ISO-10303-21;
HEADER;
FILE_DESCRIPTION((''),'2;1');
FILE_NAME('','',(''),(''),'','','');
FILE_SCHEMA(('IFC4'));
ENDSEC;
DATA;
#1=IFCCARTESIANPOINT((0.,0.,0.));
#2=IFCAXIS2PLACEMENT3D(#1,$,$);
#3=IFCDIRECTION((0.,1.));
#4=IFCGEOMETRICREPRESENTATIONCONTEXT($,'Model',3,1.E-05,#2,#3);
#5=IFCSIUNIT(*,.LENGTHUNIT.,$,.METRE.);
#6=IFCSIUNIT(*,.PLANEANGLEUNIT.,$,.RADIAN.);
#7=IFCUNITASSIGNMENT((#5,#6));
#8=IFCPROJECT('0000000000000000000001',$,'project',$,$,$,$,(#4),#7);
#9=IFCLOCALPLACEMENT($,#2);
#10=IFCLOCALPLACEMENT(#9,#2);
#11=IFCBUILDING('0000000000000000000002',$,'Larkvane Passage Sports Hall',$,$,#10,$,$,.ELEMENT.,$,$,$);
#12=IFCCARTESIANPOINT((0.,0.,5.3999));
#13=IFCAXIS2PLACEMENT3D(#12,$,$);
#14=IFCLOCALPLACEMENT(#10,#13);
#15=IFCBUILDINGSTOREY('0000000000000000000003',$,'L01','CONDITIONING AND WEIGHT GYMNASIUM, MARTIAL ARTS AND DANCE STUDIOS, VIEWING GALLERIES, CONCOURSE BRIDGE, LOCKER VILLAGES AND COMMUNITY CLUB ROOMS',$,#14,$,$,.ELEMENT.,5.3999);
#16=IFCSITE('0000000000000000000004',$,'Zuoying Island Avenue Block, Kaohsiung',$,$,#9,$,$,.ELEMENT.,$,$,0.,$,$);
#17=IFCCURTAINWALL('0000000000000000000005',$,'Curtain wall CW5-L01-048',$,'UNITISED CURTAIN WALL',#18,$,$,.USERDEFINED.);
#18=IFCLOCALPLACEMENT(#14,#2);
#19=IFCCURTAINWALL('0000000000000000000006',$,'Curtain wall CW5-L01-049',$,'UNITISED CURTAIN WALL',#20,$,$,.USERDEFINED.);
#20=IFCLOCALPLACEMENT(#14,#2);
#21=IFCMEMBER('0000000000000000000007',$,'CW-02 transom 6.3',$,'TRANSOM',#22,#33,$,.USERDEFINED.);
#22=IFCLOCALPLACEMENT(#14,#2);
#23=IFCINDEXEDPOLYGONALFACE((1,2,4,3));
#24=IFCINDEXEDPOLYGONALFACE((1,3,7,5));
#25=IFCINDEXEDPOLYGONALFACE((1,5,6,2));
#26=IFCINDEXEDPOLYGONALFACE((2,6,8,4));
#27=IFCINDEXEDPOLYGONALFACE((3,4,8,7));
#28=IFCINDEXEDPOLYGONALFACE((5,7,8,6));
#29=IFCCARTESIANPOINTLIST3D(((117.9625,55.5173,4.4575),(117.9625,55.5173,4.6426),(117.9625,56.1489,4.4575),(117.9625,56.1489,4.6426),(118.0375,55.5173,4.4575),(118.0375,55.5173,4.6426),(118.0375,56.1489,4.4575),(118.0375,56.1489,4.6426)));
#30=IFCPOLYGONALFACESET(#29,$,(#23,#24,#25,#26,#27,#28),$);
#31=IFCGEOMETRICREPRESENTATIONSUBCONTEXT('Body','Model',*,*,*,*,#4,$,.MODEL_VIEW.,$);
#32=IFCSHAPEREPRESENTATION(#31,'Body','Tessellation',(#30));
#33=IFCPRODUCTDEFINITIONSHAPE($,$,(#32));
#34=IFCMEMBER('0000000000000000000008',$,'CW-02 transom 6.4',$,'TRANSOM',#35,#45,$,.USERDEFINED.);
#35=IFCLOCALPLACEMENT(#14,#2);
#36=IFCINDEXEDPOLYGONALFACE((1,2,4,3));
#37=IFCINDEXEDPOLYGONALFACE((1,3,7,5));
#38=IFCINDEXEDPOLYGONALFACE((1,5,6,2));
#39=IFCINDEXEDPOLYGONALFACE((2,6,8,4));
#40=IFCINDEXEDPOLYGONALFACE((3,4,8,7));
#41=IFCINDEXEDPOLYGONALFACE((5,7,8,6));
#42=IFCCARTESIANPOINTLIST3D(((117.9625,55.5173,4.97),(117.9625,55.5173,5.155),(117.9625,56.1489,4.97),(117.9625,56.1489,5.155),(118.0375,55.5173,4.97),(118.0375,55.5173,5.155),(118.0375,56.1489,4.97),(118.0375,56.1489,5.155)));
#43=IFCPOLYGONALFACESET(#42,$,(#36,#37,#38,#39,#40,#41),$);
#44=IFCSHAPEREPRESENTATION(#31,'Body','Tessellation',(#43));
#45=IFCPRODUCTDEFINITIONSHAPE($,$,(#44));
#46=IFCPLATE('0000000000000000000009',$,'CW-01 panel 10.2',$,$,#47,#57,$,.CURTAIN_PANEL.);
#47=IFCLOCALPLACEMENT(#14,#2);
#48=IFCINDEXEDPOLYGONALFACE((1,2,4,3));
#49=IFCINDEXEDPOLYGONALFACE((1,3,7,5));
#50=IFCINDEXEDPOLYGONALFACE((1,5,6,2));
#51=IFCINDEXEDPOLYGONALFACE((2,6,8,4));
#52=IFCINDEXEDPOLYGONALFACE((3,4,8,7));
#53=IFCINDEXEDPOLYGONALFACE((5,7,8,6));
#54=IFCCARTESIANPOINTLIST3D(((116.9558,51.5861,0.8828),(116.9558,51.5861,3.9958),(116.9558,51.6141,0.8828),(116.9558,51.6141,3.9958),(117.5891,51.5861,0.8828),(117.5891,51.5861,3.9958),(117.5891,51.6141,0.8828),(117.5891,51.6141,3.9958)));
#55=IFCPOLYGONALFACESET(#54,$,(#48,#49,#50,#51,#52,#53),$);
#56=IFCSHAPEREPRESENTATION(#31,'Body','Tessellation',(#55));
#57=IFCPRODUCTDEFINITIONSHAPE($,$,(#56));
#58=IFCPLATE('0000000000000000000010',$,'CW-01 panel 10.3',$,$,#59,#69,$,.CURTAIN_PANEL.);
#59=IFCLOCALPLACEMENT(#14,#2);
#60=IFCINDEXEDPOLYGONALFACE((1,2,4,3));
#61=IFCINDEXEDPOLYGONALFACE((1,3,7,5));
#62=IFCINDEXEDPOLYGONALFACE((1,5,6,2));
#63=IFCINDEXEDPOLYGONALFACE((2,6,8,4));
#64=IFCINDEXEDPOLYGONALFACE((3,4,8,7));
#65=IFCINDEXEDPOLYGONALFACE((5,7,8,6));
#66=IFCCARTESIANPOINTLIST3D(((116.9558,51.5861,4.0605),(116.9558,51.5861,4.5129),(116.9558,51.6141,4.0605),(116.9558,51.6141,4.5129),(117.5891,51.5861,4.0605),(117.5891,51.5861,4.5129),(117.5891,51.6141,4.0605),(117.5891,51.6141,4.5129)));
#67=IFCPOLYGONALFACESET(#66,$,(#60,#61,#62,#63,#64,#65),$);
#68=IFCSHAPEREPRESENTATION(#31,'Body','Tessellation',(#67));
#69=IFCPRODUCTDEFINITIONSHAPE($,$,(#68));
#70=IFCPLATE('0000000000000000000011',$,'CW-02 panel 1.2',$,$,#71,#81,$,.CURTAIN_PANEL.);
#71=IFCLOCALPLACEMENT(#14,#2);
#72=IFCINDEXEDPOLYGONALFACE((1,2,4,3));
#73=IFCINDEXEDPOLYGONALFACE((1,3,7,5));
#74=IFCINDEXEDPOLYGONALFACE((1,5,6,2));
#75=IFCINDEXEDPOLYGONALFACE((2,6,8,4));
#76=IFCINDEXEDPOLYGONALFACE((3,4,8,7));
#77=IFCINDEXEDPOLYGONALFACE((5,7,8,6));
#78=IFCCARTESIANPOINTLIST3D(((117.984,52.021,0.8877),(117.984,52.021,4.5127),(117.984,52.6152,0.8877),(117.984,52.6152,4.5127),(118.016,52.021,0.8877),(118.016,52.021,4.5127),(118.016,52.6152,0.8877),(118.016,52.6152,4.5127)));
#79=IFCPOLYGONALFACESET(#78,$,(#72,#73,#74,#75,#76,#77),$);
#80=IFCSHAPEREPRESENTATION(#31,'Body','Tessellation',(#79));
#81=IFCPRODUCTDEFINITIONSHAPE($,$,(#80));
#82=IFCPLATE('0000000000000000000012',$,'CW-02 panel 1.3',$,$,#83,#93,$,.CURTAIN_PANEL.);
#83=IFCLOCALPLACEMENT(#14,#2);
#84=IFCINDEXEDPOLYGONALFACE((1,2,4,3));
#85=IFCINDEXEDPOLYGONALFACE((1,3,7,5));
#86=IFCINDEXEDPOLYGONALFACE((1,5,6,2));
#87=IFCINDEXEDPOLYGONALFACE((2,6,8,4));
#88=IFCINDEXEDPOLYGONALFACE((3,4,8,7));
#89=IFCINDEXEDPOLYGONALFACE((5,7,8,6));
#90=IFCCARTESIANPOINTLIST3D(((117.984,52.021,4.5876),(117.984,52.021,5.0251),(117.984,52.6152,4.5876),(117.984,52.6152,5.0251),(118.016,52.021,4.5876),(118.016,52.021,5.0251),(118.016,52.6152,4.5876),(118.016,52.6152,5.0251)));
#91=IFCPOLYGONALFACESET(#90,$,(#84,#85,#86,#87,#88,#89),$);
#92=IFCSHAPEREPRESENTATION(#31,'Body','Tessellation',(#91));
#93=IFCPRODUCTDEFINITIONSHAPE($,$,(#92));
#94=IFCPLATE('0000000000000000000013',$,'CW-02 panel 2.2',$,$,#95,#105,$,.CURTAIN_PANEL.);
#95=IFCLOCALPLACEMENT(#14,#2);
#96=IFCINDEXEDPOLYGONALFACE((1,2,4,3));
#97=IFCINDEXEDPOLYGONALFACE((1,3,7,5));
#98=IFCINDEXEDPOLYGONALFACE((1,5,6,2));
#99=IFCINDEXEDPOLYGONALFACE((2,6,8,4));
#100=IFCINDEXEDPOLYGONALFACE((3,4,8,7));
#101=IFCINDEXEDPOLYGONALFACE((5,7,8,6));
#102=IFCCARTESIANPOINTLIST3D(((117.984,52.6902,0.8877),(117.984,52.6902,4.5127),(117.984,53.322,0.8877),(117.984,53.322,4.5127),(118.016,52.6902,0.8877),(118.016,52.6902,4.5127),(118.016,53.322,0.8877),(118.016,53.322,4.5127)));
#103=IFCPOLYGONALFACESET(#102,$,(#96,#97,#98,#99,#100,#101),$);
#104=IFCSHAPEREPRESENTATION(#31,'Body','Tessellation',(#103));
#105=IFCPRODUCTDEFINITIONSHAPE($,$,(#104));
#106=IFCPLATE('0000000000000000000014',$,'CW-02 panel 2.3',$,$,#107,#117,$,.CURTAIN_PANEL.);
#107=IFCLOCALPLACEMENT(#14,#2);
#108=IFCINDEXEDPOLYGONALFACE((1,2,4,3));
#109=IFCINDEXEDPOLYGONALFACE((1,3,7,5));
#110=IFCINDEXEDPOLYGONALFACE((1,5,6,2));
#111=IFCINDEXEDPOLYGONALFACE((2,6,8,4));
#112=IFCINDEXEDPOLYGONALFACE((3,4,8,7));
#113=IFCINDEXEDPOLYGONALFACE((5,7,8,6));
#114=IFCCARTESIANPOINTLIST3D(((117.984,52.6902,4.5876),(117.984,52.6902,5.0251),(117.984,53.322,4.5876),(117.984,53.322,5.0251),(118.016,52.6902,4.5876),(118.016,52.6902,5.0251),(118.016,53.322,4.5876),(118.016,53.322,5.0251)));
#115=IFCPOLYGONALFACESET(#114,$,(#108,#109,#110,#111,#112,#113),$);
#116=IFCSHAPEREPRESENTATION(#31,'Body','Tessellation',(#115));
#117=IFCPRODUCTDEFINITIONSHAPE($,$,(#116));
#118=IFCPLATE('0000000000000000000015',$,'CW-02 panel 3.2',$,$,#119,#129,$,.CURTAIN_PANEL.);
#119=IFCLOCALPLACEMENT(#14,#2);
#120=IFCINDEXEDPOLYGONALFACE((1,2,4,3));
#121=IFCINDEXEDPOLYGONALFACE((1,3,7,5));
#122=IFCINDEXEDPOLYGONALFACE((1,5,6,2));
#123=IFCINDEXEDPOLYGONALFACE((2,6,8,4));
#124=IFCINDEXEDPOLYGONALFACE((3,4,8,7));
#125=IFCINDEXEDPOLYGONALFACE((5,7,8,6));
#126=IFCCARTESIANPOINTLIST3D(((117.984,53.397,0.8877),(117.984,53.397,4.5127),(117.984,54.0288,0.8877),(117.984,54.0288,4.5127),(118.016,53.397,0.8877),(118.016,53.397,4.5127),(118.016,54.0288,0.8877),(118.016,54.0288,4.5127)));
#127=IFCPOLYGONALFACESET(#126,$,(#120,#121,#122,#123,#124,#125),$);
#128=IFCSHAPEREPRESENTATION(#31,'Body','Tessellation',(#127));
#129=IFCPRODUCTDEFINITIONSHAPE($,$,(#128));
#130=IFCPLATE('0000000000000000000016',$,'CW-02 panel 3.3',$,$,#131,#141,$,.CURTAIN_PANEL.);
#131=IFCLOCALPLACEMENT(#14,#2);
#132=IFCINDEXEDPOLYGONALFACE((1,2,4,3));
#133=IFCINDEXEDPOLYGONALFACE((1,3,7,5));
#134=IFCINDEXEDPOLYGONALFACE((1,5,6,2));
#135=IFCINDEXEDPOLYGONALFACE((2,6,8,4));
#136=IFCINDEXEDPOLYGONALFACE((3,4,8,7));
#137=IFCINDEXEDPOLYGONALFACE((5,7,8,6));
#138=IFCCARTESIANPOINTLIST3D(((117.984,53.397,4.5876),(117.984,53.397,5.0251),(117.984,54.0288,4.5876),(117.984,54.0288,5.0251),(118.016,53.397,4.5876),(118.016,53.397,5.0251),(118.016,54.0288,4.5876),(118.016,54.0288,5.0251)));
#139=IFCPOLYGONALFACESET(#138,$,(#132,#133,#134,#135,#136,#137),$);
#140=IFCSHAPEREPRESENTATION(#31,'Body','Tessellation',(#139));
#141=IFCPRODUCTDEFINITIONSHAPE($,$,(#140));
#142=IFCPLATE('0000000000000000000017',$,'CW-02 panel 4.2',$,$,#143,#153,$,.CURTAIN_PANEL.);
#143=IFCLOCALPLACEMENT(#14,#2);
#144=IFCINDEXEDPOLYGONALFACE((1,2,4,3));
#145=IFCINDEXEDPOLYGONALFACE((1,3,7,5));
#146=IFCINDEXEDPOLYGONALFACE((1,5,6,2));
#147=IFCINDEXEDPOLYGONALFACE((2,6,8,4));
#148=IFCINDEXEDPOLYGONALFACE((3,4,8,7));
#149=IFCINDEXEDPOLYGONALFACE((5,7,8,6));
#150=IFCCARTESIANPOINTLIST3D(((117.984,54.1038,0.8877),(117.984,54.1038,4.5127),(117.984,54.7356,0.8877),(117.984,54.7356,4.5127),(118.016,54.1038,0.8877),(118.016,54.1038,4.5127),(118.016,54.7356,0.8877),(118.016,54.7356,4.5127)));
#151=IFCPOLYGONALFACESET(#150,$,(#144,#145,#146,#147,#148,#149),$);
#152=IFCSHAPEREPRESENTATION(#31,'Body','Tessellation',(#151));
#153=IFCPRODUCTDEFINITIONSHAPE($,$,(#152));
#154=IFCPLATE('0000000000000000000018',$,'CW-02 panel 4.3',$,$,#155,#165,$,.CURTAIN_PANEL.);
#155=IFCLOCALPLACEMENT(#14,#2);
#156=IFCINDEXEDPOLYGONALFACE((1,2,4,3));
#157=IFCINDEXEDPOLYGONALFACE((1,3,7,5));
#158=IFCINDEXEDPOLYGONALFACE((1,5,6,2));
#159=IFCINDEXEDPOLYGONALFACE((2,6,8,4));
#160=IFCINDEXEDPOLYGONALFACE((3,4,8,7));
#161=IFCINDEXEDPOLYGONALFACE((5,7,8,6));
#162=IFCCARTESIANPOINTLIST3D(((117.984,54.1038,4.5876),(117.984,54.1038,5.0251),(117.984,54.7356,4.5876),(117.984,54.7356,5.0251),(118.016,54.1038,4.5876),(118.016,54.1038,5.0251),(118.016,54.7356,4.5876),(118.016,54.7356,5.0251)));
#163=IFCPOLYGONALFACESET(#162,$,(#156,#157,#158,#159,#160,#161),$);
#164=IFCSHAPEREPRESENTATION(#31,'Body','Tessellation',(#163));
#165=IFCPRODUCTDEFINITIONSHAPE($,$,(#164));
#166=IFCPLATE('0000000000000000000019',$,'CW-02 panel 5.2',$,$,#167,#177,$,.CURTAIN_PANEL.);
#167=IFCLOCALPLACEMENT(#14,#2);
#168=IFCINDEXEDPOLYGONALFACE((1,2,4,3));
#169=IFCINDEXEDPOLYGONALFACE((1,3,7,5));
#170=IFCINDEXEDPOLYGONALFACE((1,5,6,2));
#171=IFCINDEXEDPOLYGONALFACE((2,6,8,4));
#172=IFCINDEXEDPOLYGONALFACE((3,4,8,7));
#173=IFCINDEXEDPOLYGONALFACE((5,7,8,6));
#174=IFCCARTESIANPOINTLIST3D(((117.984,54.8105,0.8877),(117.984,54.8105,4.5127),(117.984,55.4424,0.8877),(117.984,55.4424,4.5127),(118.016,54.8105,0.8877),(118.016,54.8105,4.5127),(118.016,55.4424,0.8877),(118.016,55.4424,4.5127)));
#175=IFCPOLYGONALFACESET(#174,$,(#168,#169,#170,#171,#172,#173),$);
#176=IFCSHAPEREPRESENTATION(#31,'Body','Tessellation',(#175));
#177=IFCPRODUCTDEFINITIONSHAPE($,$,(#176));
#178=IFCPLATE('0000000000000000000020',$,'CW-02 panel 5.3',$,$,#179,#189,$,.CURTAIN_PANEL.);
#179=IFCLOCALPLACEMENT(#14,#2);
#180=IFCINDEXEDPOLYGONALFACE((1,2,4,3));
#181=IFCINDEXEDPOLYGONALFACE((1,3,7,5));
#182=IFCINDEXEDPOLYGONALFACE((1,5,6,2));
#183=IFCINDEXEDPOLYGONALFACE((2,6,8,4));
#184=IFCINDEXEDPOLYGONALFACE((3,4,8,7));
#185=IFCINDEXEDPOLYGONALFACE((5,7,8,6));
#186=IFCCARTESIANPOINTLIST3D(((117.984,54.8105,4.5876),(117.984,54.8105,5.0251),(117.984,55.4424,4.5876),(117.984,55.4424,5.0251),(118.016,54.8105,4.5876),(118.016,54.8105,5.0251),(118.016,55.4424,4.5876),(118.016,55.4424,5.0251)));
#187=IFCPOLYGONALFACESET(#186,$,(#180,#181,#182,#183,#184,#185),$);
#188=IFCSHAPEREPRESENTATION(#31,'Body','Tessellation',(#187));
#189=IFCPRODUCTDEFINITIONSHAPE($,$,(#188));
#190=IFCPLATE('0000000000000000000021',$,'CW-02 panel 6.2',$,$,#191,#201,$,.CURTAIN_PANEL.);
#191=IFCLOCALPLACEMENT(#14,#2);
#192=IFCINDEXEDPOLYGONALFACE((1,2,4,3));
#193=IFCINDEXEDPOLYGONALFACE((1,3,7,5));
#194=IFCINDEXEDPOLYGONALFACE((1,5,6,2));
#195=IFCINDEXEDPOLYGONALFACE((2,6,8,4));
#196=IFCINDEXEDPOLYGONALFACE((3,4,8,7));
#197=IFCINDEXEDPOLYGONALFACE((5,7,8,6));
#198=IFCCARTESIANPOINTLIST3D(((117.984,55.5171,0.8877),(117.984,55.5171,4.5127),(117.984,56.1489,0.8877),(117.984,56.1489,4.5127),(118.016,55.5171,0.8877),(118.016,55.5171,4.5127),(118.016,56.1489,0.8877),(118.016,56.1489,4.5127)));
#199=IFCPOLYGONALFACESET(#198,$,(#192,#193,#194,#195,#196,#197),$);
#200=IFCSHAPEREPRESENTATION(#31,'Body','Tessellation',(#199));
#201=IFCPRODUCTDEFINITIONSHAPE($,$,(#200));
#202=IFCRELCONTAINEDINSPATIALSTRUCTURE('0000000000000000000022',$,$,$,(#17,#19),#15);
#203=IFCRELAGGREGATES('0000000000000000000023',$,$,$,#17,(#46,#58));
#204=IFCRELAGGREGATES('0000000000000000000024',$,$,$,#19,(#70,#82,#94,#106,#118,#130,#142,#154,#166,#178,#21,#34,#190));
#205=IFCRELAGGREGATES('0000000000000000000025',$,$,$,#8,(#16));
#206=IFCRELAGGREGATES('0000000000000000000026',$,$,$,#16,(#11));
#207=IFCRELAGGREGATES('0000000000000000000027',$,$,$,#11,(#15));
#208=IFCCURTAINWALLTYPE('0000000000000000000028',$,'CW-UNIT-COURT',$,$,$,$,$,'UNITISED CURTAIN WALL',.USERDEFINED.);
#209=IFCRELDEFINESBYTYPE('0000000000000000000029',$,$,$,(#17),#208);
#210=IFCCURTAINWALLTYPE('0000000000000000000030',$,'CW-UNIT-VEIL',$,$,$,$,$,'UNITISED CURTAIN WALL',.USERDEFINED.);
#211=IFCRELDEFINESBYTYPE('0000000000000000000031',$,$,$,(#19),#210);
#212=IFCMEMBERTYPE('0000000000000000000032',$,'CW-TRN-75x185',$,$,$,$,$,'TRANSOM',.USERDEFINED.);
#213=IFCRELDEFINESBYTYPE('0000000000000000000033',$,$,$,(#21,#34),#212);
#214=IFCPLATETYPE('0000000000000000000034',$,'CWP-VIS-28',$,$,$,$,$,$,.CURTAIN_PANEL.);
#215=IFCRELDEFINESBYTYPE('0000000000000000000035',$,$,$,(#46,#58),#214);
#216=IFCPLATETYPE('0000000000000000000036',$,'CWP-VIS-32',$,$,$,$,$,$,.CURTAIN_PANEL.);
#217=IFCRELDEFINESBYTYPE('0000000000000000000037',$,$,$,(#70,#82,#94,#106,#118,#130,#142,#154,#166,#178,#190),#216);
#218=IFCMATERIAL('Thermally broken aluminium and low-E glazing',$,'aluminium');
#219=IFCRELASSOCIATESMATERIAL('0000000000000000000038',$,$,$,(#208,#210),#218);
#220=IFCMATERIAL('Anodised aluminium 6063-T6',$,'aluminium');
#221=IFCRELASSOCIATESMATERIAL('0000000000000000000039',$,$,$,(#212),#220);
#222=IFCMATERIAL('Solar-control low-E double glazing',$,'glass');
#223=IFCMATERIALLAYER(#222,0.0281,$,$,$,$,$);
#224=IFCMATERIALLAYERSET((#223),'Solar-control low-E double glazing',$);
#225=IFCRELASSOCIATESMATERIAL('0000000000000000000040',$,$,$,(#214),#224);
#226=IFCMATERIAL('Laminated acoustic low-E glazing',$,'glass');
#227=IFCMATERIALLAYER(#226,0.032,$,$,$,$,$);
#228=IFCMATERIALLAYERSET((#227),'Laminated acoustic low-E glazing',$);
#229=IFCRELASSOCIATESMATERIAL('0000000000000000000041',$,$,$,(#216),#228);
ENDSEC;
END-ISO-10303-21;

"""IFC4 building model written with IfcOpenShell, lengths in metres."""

from ifc_helpers import new_model, si_unit, direction, frame, origin, origin_2d, place, context, subcontext, project, spatial, rectangle, extrude, material, layer, layer_set, material_profile, profile_set, type_object, element, aggregate, save


model = new_model("IFC4")

# Units and contexts
model_context = context("Model", 3, precision=1e-05, world=origin(), true_north=direction((0.0, 1.0)))
body_context = subcontext(model_context, "Body", "Model", "MODEL_VIEW")
ifc_project = project(units=[si_unit("LENGTHUNIT", "METRE"), si_unit("PLANEANGLEUNIT", "RADIAN")], contexts=[model_context])

# Site, building, storey
site_placement = place(None, origin())
site = spatial("IfcSite", under=ifc_project, at=site_placement, Name="Zuoying Island Avenue Block, Kaohsiung", CompositionType="ELEMENT", RefElevation=0.0)
building_placement = place(site_placement, origin())
building = spatial("IfcBuilding", under=site, at=building_placement, Name="Larkvane Passage Sports Hall", CompositionType="ELEMENT")
storey_placement = place(building_placement, frame((0.0, 0.0, 5.3999)))
storey = spatial("IfcBuildingStorey", under=building, at=storey_placement, Name="L01", Description="CONDITIONING AND WEIGHT GYMNASIUM, MARTIAL ARTS AND DANCE STUDIOS, VIEWING GALLERIES, CONCOURSE BRIDGE, LOCKER VILLAGES AND COMMUNITY CLUB ROOMS", CompositionType="ELEMENT", Elevation=5.3999)

# Curtain walls, members
ifc_material_1 = material(Name="Thermally broken aluminium and low-E glazing", Category="aluminium")
curtain_wall_type_1 = type_object("IfcCurtainWallType", Name="CW-UNIT-COURT", ElementType="UNITISED CURTAIN WALL", PredefinedType="USERDEFINED", material=ifc_material_1)
curtain_wall_1_placement = place(storey_placement, origin())
curtain_wall_1 = element("IfcCurtainWall", 1, at=curtain_wall_1_placement, inside=storey, type_object=curtain_wall_type_1, Name="Curtain wall CW5-L01-048", ObjectType="UNITISED CURTAIN WALL", PredefinedType="USERDEFINED")
ifc_material_2 = material(Name="Anodised aluminium 6063-T6", Category="aluminium")
curtain_wall_type_2 = type_object("IfcCurtainWallType", Name="CW-UNIT-VEIL", ElementType="UNITISED CURTAIN WALL", PredefinedType="USERDEFINED", material=ifc_material_1)
curtain_wall_2_placement = place(storey_placement, origin())
curtain_wall_2 = element("IfcCurtainWall", 2, at=curtain_wall_2_placement, inside=storey, type_object=curtain_wall_type_2, Name="Curtain wall CW5-L01-049", ObjectType="UNITISED CURTAIN WALL", PredefinedType="USERDEFINED")
ifc_material_profile_1 = material_profile(ifc_material_2, rectangle(XDim=0.075, YDim=0.1851, at=origin_2d()), Name="ALU-TRN-75x185")
ifc_profile_set_1 = profile_set([ifc_material_profile_1], Name="Anodised aluminium 6063-T6")
member_type_1 = type_object("IfcMemberType", Name="CW-TRN-75x185", ElementType="TRANSOM", PredefinedType="USERDEFINED", material=ifc_profile_set_1)
member_1_placement = place(storey_placement, frame((118.0, 55.5173, 4.55), z_axis=(0.0, 1.0, 0.0), x_axis=(-1.0, 0.0, 0.0)))
member_1 = element("IfcMember", 3, at=member_1_placement, type_object=member_type_1, Name="CW-02 transom 6.3", ObjectType="TRANSOM", PredefinedType="USERDEFINED", context=body_context, shape_type="SweptSolid", body=[
    extrude(rectangle(XDim=0.075, YDim=0.1851, at=origin_2d()), origin(), (0.0, 0.0, 1.0), 0.6316),
])
member_2_placement = place(storey_placement, frame((118.0, 55.5173, 5.0625), z_axis=(0.0, 1.0, 0.0), x_axis=(-1.0, 0.0, 0.0)))
member_2 = element("IfcMember", 4, at=member_2_placement, type_object=member_type_1, Name="CW-02 transom 6.4", ObjectType="TRANSOM", PredefinedType="USERDEFINED", context=body_context, shape_type="SweptSolid", body=[
    extrude(rectangle(XDim=0.075, YDim=0.1851, at=origin_2d()), origin(), (0.0, 0.0, 1.0), 0.6316),
])

# Plates
ifc_material_3 = material(Name="Solar-control low-E double glazing", Category="glass")
ifc_layer_1 = layer(ifc_material_3, 0.0281)
ifc_layer_set_1 = layer_set([ifc_layer_1], Name="Solar-control low-E double glazing")
plate_type_1 = type_object("IfcPlateType", Name="CWP-VIS-28", PredefinedType="CURTAIN_PANEL", material=ifc_layer_set_1)
plate_1_placement = place(storey_placement, frame((117.2725, 51.6001, 0.8828), z_axis=(0.0, 0.0, 1.0), x_axis=(1.0, 0.0, 0.0)))
plate_1 = element("IfcPlate", 5, at=plate_1_placement, type_object=plate_type_1, Name="CW-01 panel 10.2", PredefinedType="CURTAIN_PANEL", context=body_context, shape_type="SweptSolid", body=[
    extrude(rectangle(XDim=0.6333, YDim=0.0281, at=origin_2d()), origin(), (0.0, 0.0, 1.0), 3.113),
])
plate_2_placement = place(storey_placement, frame((117.2725, 51.6001, 4.0605), z_axis=(0.0, 0.0, 1.0), x_axis=(1.0, 0.0, 0.0)))
plate_2 = element("IfcPlate", 6, at=plate_2_placement, type_object=plate_type_1, Name="CW-01 panel 10.3", PredefinedType="CURTAIN_PANEL", context=body_context, shape_type="SweptSolid", body=[
    extrude(rectangle(XDim=0.6333, YDim=0.0281, at=origin_2d()), origin(), (0.0, 0.0, 1.0), 0.4524),
])
aggregate(curtain_wall_1, [plate_1, plate_2])
ifc_material_4 = material(Name="Laminated acoustic low-E glazing", Category="glass")
ifc_layer_2 = layer(ifc_material_4, 0.032)
ifc_layer_set_2 = layer_set([ifc_layer_2], Name="Laminated acoustic low-E glazing")
plate_type_2 = type_object("IfcPlateType", Name="CWP-VIS-32", PredefinedType="CURTAIN_PANEL", material=ifc_layer_set_2)
plate_3_placement = place(storey_placement, frame((118.0, 52.3181, 0.8877), z_axis=(0.0, 0.0, 1.0), x_axis=(0.0, 1.0, 0.0)))
plate_3 = element("IfcPlate", 7, at=plate_3_placement, type_object=plate_type_2, Name="CW-02 panel 1.2", PredefinedType="CURTAIN_PANEL", context=body_context, shape_type="SweptSolid", body=[
    extrude(rectangle(XDim=0.5942, YDim=0.032, at=origin_2d()), origin(), (0.0, 0.0, 1.0), 3.625),
])
plate_4_placement = place(storey_placement, frame((118.0, 52.3181, 4.5876), z_axis=(0.0, 0.0, 1.0), x_axis=(0.0, 1.0, 0.0)))
plate_4 = element("IfcPlate", 8, at=plate_4_placement, type_object=plate_type_2, Name="CW-02 panel 1.3", PredefinedType="CURTAIN_PANEL", context=body_context, shape_type="SweptSolid", body=[
    extrude(rectangle(XDim=0.5942, YDim=0.032, at=origin_2d()), origin(), (0.0, 0.0, 1.0), 0.4375),
])
plate_5_placement = place(storey_placement, frame((118.0, 53.0061, 0.8877), z_axis=(0.0, 0.0, 1.0), x_axis=(0.0, 1.0, 0.0)))
plate_5 = element("IfcPlate", 9, at=plate_5_placement, type_object=plate_type_2, Name="CW-02 panel 2.2", PredefinedType="CURTAIN_PANEL", context=body_context, shape_type="SweptSolid", body=[
    extrude(rectangle(XDim=0.6318, YDim=0.032, at=origin_2d()), origin(), (0.0, 0.0, 1.0), 3.625),
])
plate_6_placement = place(storey_placement, frame((118.0, 53.0061, 4.5876), z_axis=(0.0, 0.0, 1.0), x_axis=(0.0, 1.0, 0.0)))
plate_6 = element("IfcPlate", 10, at=plate_6_placement, type_object=plate_type_2, Name="CW-02 panel 2.3", PredefinedType="CURTAIN_PANEL", context=body_context, shape_type="SweptSolid", body=[
    extrude(rectangle(XDim=0.6318, YDim=0.032, at=origin_2d()), origin(), (0.0, 0.0, 1.0), 0.4375),
])
plate_7_placement = place(storey_placement, frame((118.0, 53.7129, 0.8877), z_axis=(0.0, 0.0, 1.0), x_axis=(0.0, 1.0, 0.0)))
plate_7 = element("IfcPlate", 11, at=plate_7_placement, type_object=plate_type_2, Name="CW-02 panel 3.2", PredefinedType="CURTAIN_PANEL", context=body_context, shape_type="SweptSolid", body=[
    extrude(rectangle(XDim=0.6318, YDim=0.032, at=origin_2d()), origin(), (0.0, 0.0, 1.0), 3.625),
])
plate_8_placement = place(storey_placement, frame((118.0, 53.7129, 4.5876), z_axis=(0.0, 0.0, 1.0), x_axis=(0.0, 1.0, 0.0)))
plate_8 = element("IfcPlate", 12, at=plate_8_placement, type_object=plate_type_2, Name="CW-02 panel 3.3", PredefinedType="CURTAIN_PANEL", context=body_context, shape_type="SweptSolid", body=[
    extrude(rectangle(XDim=0.6318, YDim=0.032, at=origin_2d()), origin(), (0.0, 0.0, 1.0), 0.4375),
])
plate_9_placement = place(storey_placement, frame((118.0, 54.4197, 0.8877), z_axis=(0.0, 0.0, 1.0), x_axis=(0.0, 1.0, 0.0)))
plate_9 = element("IfcPlate", 13, at=plate_9_placement, type_object=plate_type_2, Name="CW-02 panel 4.2", PredefinedType="CURTAIN_PANEL", context=body_context, shape_type="SweptSolid", body=[
    extrude(rectangle(XDim=0.6318, YDim=0.032, at=origin_2d()), origin(), (0.0, 0.0, 1.0), 3.625),
])
plate_10_placement = place(storey_placement, frame((118.0, 54.4197, 4.5876), z_axis=(0.0, 0.0, 1.0), x_axis=(0.0, 1.0, 0.0)))
plate_10 = element("IfcPlate", 14, at=plate_10_placement, type_object=plate_type_2, Name="CW-02 panel 4.3", PredefinedType="CURTAIN_PANEL", context=body_context, shape_type="SweptSolid", body=[
    extrude(rectangle(XDim=0.6318, YDim=0.032, at=origin_2d()), origin(), (0.0, 0.0, 1.0), 0.4375),
])
plate_11_placement = place(storey_placement, frame((118.0, 55.1265, 0.8877), z_axis=(0.0, 0.0, 1.0), x_axis=(0.0, 1.0, 0.0)))
plate_11 = element("IfcPlate", 15, at=plate_11_placement, type_object=plate_type_2, Name="CW-02 panel 5.2", PredefinedType="CURTAIN_PANEL", context=body_context, shape_type="SweptSolid", body=[
    extrude(rectangle(XDim=0.6318, YDim=0.032, at=origin_2d()), origin(), (0.0, 0.0, 1.0), 3.625),
])
plate_12_placement = place(storey_placement, frame((118.0, 55.1265, 4.5876), z_axis=(0.0, 0.0, 1.0), x_axis=(0.0, 1.0, 0.0)))
plate_12 = element("IfcPlate", 16, at=plate_12_placement, type_object=plate_type_2, Name="CW-02 panel 5.3", PredefinedType="CURTAIN_PANEL", context=body_context, shape_type="SweptSolid", body=[
    extrude(rectangle(XDim=0.6318, YDim=0.032, at=origin_2d()), origin(), (0.0, 0.0, 1.0), 0.4375),
])
plate_13_placement = place(storey_placement, frame((118.0, 55.833, 0.8877), z_axis=(0.0, 0.0, 1.0), x_axis=(0.0, 1.0, 0.0)))
plate_13 = element("IfcPlate", 17, at=plate_13_placement, type_object=plate_type_2, Name="CW-02 panel 6.2", PredefinedType="CURTAIN_PANEL", context=body_context, shape_type="SweptSolid", body=[
    extrude(rectangle(XDim=0.6318, YDim=0.032, at=origin_2d()), origin(), (0.0, 0.0, 1.0), 3.625),
])
aggregate(curtain_wall_2, [plate_3, plate_4, plate_5, plate_6, plate_7, plate_8, plate_9, plate_10, plate_11, plate_12, member_1, member_2, plate_13])

save(model, "model.ifc")
